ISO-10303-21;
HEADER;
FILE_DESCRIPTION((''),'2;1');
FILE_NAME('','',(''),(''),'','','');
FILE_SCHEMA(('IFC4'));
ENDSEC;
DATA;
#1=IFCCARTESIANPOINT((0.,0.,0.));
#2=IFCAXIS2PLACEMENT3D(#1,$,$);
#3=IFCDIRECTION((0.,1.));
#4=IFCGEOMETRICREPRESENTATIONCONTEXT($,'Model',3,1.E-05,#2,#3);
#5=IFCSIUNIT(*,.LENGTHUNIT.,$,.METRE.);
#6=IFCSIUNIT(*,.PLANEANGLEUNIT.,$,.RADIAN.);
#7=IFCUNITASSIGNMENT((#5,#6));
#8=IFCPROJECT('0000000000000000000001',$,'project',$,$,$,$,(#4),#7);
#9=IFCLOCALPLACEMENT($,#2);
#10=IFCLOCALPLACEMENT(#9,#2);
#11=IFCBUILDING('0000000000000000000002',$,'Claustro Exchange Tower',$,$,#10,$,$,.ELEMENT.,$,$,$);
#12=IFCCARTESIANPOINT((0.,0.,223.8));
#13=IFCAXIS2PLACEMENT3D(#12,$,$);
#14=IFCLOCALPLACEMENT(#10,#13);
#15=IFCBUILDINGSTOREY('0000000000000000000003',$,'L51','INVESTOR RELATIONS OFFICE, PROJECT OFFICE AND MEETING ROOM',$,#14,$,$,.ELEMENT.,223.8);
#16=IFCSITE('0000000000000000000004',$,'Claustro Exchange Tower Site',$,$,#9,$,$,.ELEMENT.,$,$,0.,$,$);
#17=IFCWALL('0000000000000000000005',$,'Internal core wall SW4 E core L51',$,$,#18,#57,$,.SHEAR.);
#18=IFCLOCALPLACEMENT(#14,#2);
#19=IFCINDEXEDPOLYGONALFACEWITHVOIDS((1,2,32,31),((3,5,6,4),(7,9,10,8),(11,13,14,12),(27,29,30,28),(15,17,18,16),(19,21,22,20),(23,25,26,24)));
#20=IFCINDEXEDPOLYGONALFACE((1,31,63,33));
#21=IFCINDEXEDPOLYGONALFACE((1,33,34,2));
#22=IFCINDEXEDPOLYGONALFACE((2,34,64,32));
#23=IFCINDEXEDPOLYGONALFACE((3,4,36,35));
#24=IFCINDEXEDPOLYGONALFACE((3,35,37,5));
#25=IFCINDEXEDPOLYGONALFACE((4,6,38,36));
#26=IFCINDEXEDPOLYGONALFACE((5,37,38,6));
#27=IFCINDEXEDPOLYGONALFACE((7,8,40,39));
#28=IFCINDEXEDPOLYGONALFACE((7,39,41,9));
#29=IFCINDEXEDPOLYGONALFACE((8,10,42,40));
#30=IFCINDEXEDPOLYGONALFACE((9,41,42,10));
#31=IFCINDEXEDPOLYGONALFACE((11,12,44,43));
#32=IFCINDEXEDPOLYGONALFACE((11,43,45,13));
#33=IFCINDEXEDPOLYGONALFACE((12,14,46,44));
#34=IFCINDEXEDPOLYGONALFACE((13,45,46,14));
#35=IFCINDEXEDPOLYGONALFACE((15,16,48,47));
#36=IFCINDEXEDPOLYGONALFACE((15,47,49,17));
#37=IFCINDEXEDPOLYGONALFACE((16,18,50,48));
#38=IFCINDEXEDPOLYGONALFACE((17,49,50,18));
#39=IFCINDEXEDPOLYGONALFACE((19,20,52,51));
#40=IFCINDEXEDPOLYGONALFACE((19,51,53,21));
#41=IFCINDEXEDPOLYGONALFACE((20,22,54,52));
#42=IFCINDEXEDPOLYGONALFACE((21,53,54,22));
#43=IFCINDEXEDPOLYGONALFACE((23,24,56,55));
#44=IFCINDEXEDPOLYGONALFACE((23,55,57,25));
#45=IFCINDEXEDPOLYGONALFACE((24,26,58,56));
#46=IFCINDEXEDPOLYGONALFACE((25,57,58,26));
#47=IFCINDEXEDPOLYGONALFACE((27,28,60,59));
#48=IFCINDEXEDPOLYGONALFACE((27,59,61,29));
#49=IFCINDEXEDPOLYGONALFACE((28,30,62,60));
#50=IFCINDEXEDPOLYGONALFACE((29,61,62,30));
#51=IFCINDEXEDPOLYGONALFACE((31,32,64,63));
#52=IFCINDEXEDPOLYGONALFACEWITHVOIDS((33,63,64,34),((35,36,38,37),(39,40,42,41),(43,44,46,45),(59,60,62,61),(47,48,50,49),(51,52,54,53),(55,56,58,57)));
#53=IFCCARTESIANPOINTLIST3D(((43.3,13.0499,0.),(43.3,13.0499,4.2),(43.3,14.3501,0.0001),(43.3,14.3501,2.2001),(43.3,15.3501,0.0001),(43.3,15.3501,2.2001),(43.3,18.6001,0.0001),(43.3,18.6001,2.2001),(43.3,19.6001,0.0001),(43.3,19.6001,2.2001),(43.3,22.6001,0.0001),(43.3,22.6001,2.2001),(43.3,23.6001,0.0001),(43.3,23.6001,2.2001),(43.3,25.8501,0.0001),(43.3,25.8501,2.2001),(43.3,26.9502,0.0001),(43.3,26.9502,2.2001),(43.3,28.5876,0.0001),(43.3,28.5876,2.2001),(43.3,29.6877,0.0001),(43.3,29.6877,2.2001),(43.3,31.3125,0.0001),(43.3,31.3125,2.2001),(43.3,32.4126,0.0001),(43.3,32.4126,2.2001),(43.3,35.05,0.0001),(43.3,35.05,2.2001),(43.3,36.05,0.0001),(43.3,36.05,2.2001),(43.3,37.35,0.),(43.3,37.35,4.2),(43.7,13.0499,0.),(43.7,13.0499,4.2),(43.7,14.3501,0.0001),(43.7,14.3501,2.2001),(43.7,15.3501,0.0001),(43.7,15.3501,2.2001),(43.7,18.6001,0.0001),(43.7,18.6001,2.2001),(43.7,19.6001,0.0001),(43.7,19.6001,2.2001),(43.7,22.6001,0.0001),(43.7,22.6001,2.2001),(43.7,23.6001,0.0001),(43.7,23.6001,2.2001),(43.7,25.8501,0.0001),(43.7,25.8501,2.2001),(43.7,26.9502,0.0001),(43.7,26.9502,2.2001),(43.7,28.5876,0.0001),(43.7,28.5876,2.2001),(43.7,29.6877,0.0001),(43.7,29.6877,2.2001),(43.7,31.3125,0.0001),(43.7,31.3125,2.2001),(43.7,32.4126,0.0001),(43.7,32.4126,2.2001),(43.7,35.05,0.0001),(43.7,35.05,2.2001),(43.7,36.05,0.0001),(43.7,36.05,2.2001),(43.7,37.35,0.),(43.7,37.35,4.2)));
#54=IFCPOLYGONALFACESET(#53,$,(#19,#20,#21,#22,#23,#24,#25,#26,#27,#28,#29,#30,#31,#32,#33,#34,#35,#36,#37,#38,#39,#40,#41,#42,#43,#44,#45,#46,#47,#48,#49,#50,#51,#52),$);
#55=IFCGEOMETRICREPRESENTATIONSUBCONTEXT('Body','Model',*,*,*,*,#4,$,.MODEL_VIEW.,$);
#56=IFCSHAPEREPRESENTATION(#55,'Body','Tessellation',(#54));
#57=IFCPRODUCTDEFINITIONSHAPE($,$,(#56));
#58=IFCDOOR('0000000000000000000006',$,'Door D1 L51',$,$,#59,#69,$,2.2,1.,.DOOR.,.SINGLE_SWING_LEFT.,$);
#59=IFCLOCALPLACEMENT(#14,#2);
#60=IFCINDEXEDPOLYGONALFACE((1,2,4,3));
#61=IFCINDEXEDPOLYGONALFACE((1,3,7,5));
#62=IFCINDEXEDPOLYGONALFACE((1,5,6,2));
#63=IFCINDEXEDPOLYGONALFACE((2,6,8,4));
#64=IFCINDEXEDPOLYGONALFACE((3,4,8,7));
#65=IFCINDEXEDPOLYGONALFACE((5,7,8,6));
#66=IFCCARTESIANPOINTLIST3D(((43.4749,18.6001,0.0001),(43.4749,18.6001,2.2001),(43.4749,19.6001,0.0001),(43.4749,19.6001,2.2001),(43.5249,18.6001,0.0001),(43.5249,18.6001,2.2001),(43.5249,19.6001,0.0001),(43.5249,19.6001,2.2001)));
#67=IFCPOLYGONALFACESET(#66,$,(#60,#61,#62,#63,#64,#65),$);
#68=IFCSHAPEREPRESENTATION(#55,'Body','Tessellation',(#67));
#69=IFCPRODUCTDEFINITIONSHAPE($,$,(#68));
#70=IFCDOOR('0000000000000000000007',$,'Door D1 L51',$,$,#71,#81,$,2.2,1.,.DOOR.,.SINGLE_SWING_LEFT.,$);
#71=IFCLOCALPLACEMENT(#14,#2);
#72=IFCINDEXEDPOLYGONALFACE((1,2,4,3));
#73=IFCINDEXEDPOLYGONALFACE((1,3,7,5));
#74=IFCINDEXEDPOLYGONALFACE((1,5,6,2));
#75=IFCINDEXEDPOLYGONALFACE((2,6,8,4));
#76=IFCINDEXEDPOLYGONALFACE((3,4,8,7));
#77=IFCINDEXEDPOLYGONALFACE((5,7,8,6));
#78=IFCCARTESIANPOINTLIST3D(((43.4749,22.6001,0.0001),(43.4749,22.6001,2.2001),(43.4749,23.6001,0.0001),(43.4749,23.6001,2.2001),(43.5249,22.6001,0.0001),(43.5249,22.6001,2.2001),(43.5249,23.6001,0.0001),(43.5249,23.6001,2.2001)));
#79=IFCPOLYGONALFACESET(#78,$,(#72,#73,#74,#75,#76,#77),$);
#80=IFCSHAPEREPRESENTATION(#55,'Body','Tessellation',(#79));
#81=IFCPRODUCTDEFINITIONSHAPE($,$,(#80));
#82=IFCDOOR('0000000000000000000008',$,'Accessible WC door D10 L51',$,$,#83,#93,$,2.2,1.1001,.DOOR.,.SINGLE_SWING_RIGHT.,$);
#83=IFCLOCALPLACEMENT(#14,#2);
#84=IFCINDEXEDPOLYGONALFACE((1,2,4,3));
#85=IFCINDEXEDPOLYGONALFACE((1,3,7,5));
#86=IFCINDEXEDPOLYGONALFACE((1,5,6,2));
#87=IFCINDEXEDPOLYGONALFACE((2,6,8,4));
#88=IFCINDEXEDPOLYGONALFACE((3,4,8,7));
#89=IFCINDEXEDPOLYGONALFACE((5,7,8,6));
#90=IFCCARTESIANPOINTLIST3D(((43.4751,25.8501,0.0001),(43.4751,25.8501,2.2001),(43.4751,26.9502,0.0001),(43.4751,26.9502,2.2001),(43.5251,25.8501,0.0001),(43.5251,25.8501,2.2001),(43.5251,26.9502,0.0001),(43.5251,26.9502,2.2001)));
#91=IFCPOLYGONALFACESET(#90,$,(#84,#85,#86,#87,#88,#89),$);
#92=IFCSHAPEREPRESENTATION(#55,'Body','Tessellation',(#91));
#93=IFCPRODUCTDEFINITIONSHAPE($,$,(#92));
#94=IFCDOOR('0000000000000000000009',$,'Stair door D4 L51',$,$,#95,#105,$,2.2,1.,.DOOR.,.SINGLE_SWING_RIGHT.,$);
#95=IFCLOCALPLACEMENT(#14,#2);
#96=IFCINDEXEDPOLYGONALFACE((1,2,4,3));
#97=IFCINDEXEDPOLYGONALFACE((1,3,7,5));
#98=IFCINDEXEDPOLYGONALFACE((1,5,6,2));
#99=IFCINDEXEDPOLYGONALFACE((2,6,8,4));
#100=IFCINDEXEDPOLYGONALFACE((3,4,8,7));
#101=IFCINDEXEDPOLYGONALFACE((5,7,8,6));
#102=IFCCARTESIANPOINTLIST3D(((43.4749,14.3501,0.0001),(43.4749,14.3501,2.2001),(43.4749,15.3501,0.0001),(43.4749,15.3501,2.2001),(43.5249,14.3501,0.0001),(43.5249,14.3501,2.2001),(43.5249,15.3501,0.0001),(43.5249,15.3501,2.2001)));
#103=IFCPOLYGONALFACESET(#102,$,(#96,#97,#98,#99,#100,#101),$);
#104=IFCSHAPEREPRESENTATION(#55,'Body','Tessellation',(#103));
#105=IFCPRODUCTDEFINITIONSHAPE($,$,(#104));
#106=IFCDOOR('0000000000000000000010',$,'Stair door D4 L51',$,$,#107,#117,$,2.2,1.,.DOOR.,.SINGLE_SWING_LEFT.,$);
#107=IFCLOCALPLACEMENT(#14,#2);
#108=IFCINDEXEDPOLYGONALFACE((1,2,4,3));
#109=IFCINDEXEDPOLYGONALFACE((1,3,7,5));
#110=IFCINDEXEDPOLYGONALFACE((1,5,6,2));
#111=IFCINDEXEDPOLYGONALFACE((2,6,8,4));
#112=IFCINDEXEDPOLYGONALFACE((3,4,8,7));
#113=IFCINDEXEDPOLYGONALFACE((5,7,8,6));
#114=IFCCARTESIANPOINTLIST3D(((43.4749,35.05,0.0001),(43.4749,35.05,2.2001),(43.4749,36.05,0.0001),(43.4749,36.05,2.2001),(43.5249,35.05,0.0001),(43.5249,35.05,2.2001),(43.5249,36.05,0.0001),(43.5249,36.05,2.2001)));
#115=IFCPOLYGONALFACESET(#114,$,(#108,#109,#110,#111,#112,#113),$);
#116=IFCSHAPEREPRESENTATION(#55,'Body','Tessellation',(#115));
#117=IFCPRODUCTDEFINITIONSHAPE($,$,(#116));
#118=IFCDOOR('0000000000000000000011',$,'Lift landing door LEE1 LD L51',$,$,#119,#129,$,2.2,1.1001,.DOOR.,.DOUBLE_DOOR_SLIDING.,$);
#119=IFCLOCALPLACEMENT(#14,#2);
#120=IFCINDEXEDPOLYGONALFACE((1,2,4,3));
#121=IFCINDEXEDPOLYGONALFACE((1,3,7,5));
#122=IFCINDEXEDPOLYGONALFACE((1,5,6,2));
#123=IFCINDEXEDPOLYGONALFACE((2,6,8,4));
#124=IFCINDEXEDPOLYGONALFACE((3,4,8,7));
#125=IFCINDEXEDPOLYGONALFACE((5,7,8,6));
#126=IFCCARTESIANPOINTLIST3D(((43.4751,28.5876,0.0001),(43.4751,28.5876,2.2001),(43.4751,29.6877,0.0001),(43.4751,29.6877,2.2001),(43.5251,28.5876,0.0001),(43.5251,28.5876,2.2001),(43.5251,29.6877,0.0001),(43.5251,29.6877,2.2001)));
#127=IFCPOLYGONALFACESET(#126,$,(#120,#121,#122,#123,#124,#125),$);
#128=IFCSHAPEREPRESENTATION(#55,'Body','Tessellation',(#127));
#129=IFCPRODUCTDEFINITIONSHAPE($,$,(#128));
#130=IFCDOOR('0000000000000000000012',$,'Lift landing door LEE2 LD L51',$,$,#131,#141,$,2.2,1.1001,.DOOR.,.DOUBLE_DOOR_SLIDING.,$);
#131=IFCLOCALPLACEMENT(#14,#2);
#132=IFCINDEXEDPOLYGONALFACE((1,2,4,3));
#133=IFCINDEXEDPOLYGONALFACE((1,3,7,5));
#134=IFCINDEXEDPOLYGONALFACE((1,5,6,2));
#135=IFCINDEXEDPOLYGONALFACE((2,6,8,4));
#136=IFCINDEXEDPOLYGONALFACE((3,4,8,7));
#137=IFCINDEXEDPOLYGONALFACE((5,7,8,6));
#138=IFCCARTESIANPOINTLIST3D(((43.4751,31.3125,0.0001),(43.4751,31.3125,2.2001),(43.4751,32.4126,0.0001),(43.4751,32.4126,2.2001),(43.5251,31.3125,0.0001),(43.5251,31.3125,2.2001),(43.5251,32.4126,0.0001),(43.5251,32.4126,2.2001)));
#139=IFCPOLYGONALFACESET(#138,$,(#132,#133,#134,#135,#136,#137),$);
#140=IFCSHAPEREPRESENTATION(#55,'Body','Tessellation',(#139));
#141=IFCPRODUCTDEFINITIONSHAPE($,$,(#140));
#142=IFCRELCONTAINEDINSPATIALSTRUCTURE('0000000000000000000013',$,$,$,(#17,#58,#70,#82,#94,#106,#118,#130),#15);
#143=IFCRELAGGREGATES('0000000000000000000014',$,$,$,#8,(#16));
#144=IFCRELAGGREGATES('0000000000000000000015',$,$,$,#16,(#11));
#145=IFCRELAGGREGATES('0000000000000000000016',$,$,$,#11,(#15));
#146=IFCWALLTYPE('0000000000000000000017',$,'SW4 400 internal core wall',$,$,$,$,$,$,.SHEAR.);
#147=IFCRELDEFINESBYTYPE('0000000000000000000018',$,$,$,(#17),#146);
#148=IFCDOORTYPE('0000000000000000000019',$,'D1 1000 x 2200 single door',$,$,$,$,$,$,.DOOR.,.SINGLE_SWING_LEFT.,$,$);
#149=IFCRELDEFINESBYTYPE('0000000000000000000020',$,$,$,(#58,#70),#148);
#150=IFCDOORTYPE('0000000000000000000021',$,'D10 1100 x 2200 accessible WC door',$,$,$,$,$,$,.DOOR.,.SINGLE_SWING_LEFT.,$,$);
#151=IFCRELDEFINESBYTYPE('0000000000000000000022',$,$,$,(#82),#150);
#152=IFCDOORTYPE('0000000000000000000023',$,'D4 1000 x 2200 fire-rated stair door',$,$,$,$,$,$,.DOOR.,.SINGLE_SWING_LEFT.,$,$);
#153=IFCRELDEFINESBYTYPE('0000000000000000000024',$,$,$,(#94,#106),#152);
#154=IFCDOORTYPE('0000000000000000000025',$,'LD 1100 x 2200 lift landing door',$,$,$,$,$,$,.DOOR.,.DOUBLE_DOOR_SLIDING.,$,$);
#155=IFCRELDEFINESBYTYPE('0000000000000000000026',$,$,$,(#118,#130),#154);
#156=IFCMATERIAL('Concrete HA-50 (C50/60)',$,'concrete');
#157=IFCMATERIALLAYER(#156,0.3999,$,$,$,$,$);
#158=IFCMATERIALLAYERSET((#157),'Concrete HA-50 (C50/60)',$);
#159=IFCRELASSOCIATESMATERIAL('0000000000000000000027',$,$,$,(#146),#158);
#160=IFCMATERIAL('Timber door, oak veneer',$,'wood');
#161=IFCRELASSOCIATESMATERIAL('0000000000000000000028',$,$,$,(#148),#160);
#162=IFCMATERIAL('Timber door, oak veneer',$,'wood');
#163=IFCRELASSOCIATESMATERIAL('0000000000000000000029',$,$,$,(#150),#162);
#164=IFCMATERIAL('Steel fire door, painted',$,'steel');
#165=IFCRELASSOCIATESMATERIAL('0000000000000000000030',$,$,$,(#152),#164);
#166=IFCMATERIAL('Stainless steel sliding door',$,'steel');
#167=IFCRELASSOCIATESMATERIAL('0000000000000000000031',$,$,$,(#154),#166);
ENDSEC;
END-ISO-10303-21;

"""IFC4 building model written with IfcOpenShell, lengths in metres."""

from ifc_helpers import new_model, si_unit, direction, frame, frame_2d, origin, place, context, subcontext, project, spatial, rectangle, extrude, material, layer, layer_set, type_object, element, fill, save


model = new_model("IFC4")

# Units and contexts
model_context = context("Model", 3, precision=1e-05, world=origin(), true_north=direction((0.0, 1.0)))
body_context = subcontext(model_context, "Body", "Model", "MODEL_VIEW")
ifc_project = project(units=[si_unit("LENGTHUNIT", "METRE"), si_unit("PLANEANGLEUNIT", "RADIAN")], contexts=[model_context])

# Site, building, storey
site_placement = place(None, origin())
site = spatial("IfcSite", under=ifc_project, at=site_placement, Name="Claustro Exchange Tower Site", CompositionType="ELEMENT", RefElevation=0.0)
building_placement = place(site_placement, origin())
building = spatial("IfcBuilding", under=site, at=building_placement, Name="Claustro Exchange Tower", CompositionType="ELEMENT")
storey_placement = place(building_placement, frame((0.0, 0.0, 223.8)))
storey = spatial("IfcBuildingStorey", under=building, at=storey_placement, Name="L51", Description="INVESTOR RELATIONS OFFICE, PROJECT OFFICE AND MEETING ROOM", CompositionType="ELEMENT", Elevation=223.8)

# Wall, openings, doors
ifc_material_1 = material(Name="Concrete HA-50 (C50/60)", Category="concrete")
ifc_layer_1 = layer(ifc_material_1, 0.3999)
ifc_layer_set_1 = layer_set([ifc_layer_1], Name="Concrete HA-50 (C50/60)")
wall_type_1 = type_object("IfcWallType", Name="SW4 400 internal core wall", PredefinedType="SHEAR", material=ifc_layer_set_1)
wall_1_placement = place(storey_placement, frame((43.5, 13.05, 0.0), z_axis=(0.0, 0.0, 1.0), x_axis=(0.0, 1.0, 0.0)))
wall_1 = element("IfcWall", 1, at=wall_1_placement, inside=storey, type_object=wall_type_1, Name="Internal core wall SW4 E core L51", PredefinedType="SHEAR", context=body_context, shape_type="SweptSolid", body=[
    extrude(rectangle(XDim=24.3, YDim=0.3999, at=frame_2d((12.1499, 0.0))), origin(), (0.0, 0.0, 1.0), 4.2),
])
opening_1_placement = place(wall_1_placement, frame((1.3, 0.0, 0.0)))
opening_1 = element("IfcOpeningElement", 2, at=opening_1_placement, cuts=wall_1, PredefinedType="OPENING", context=body_context, shape_type="SweptSolid", body=[
    extrude(rectangle(XDim=1.0, YDim=2.2, at=frame_2d((0.5, 1.1001))), frame((0.0, 0.21, 0.0), z_axis=(0.0, -1.0, 0.0), x_axis=(1.0, 0.0, 0.0)), (0.0, 0.0, 1.0), 0.4199),
])
opening_2_placement = place(wall_1_placement, frame((22.0, 0.0, 0.0)))
opening_2 = element("IfcOpeningElement", 3, at=opening_2_placement, cuts=wall_1, PredefinedType="OPENING", context=body_context, shape_type="SweptSolid", body=[
    extrude(rectangle(XDim=1.0, YDim=2.2, at=frame_2d((0.5, 1.1001))), frame((0.0, 0.21, 0.0), z_axis=(0.0, -1.0, 0.0), x_axis=(1.0, 0.0, 0.0)), (0.0, 0.0, 1.0), 0.4199),
])
opening_3_placement = place(wall_1_placement, frame((5.55, 0.0, 0.0)))
opening_3 = element("IfcOpeningElement", 4, at=opening_3_placement, cuts=wall_1, PredefinedType="OPENING", context=body_context, shape_type="SweptSolid", body=[
    extrude(rectangle(XDim=1.0, YDim=2.2, at=frame_2d((0.5, 1.1001))), frame((0.0, 0.21, 0.0), z_axis=(0.0, -1.0, 0.0), x_axis=(1.0, 0.0, 0.0)), (0.0, 0.0, 1.0), 0.4199),
])
opening_4_placement = place(wall_1_placement, frame((9.55, 0.0, 0.0)))
opening_4 = element("IfcOpeningElement", 5, at=opening_4_placement, cuts=wall_1, PredefinedType="OPENING", context=body_context, shape_type="SweptSolid", body=[
    extrude(rectangle(XDim=1.0, YDim=2.2, at=frame_2d((0.5, 1.1001))), frame((0.0, 0.21, 0.0), z_axis=(0.0, -1.0, 0.0), x_axis=(1.0, 0.0, 0.0)), (0.0, 0.0, 1.0), 0.4199),
])
opening_5_placement = place(wall_1_placement, frame((12.8, 0.0, 0.0)))
opening_5 = element("IfcOpeningElement", 6, at=opening_5_placement, cuts=wall_1, PredefinedType="OPENING", context=body_context, shape_type="SweptSolid", body=[
    extrude(rectangle(XDim=1.1001, YDim=2.2, at=frame_2d((0.55, 1.1001))), frame((0.0, 0.21, 0.0), z_axis=(0.0, -1.0, 0.0), x_axis=(1.0, 0.0, 0.0)), (0.0, 0.0, 1.0), 0.4199),
])
opening_6_placement = place(wall_1_placement, frame((15.5376, 0.0, 0.0)))
opening_6 = element("IfcOpeningElement", 7, at=opening_6_placement, cuts=wall_1, PredefinedType="OPENING", context=body_context, shape_type="SweptSolid", body=[
    extrude(rectangle(XDim=1.1001, YDim=2.2, at=frame_2d((0.55, 1.1001))), frame((0.0, 0.21, 0.0), z_axis=(0.0, -1.0, 0.0), x_axis=(1.0, 0.0, 0.0)), (0.0, 0.0, 1.0), 0.4199),
])
opening_7_placement = place(wall_1_placement, frame((18.2625, 0.0, 0.0)))
opening_7 = element("IfcOpeningElement", 8, at=opening_7_placement, cuts=wall_1, PredefinedType="OPENING", context=body_context, shape_type="SweptSolid", body=[
    extrude(rectangle(XDim=1.1001, YDim=2.2, at=frame_2d((0.55, 1.1001))), frame((0.0, 0.21, 0.0), z_axis=(0.0, -1.0, 0.0), x_axis=(1.0, 0.0, 0.0)), (0.0, 0.0, 1.0), 0.4199),
])
ifc_material_2 = material(Name="Timber door, oak veneer", Category="wood")
door_type_1 = type_object("IfcDoorType", Name="D1 1000 x 2200 single door", OperationType="SINGLE_SWING_LEFT", PredefinedType="DOOR", material=ifc_material_2)
door_1_placement = place(opening_3_placement, frame((1.0, 0.0, 0.0), z_axis=(0.0, 0.0, 1.0), x_axis=(-1.0, 0.0, 0.0)))
door_1 = element("IfcDoor", 9, at=door_1_placement, inside=storey, type_object=door_type_1, Name="Door D1 L51", OperationType="SINGLE_SWING_LEFT", OverallHeight=2.2, OverallWidth=1.0, PredefinedType="DOOR", context=body_context, shape_type="SweptSolid", body=[
    extrude(rectangle(XDim=1.0, YDim=2.2, at=frame_2d((0.5, 1.1001))), frame((0.0, 0.0249, 0.0), z_axis=(0.0, -1.0, 0.0), x_axis=(1.0, 0.0, 0.0)), (0.0, 0.0, 1.0), 0.05),
])
fill(opening_3, door_1)
door_2_placement = place(opening_4_placement, frame((1.0, 0.0, 0.0), z_axis=(0.0, 0.0, 1.0), x_axis=(-1.0, 0.0, 0.0)))
door_2 = element("IfcDoor", 10, at=door_2_placement, inside=storey, type_object=door_type_1, Name="Door D1 L51", OperationType="SINGLE_SWING_LEFT", OverallHeight=2.2, OverallWidth=1.0, PredefinedType="DOOR", context=body_context, shape_type="SweptSolid", body=[
    extrude(rectangle(XDim=1.0, YDim=2.2, at=frame_2d((0.5, 1.1001))), frame((0.0, 0.0249, 0.0), z_axis=(0.0, -1.0, 0.0), x_axis=(1.0, 0.0, 0.0)), (0.0, 0.0, 1.0), 0.05),
])
fill(opening_4, door_2)
ifc_material_3 = material(Name="Timber door, oak veneer", Category="wood")
door_type_2 = type_object("IfcDoorType", Name="D10 1100 x 2200 accessible WC door", OperationType="SINGLE_SWING_LEFT", PredefinedType="DOOR", material=ifc_material_3)
door_3_placement = place(opening_5_placement, origin())
door_3 = element("IfcDoor", 11, at=door_3_placement, inside=storey, type_object=door_type_2, Name="Accessible WC door D10 L51", OperationType="SINGLE_SWING_RIGHT", OverallHeight=2.2, OverallWidth=1.1001, PredefinedType="DOOR", context=body_context, shape_type="SweptSolid", body=[
    extrude(rectangle(XDim=1.1001, YDim=2.2, at=frame_2d((0.55, 1.1001))), frame((0.0, 0.0249, 0.0), z_axis=(0.0, -1.0, 0.0), x_axis=(1.0, 0.0, 0.0)), (0.0, 0.0, 1.0), 0.05),
])
fill(opening_5, door_3)
ifc_material_4 = material(Name="Steel fire door, painted", Category="steel")
door_type_3 = type_object("IfcDoorType", Name="D4 1000 x 2200 fire-rated stair door", OperationType="SINGLE_SWING_LEFT", PredefinedType="DOOR", material=ifc_material_4)
door_4_placement = place(opening_1_placement, frame((1.0, 0.0, 0.0), z_axis=(0.0, 0.0, 1.0), x_axis=(-1.0, 0.0, 0.0)))
door_4 = element("IfcDoor", 12, at=door_4_placement, inside=storey, type_object=door_type_3, Name="Stair door D4 L51", OperationType="SINGLE_SWING_RIGHT", OverallHeight=2.2, OverallWidth=1.0, PredefinedType="DOOR", context=body_context, shape_type="SweptSolid", body=[
    extrude(rectangle(XDim=1.0, YDim=2.2, at=frame_2d((0.5, 1.1001))), frame((0.0, 0.0249, 0.0), z_axis=(0.0, -1.0, 0.0), x_axis=(1.0, 0.0, 0.0)), (0.0, 0.0, 1.0), 0.05),
])
fill(opening_1, door_4)
door_5_placement = place(opening_2_placement, frame((1.0, 0.0, 0.0), z_axis=(0.0, 0.0, 1.0), x_axis=(-1.0, 0.0, 0.0)))
door_5 = element("IfcDoor", 13, at=door_5_placement, inside=storey, type_object=door_type_3, Name="Stair door D4 L51", OperationType="SINGLE_SWING_LEFT", OverallHeight=2.2, OverallWidth=1.0, PredefinedType="DOOR", context=body_context, shape_type="SweptSolid", body=[
    extrude(rectangle(XDim=1.0, YDim=2.2, at=frame_2d((0.5, 1.1001))), frame((0.0, 0.0249, 0.0), z_axis=(0.0, -1.0, 0.0), x_axis=(1.0, 0.0, 0.0)), (0.0, 0.0, 1.0), 0.05),
])
fill(opening_2, door_5)
ifc_material_5 = material(Name="Stainless steel sliding door", Category="steel")
door_type_4 = type_object("IfcDoorType", Name="LD 1100 x 2200 lift landing door", OperationType="DOUBLE_DOOR_SLIDING", PredefinedType="DOOR", material=ifc_material_5)
door_6_placement = place(opening_6_placement, origin())
door_6 = element("IfcDoor", 14, at=door_6_placement, inside=storey, type_object=door_type_4, Name="Lift landing door LEE1 LD L51", OperationType="DOUBLE_DOOR_SLIDING", OverallHeight=2.2, OverallWidth=1.1001, PredefinedType="DOOR", context=body_context, shape_type="SweptSolid", body=[
    extrude(rectangle(XDim=1.1001, YDim=2.2, at=frame_2d((0.55, 1.1001))), frame((0.0, 0.0249, 0.0), z_axis=(0.0, -1.0, 0.0), x_axis=(1.0, 0.0, 0.0)), (0.0, 0.0, 1.0), 0.05),
])
fill(opening_6, door_6)
door_7_placement = place(opening_7_placement, origin())
door_7 = element("IfcDoor", 15, at=door_7_placement, inside=storey, type_object=door_type_4, Name="Lift landing door LEE2 LD L51", OperationType="DOUBLE_DOOR_SLIDING", OverallHeight=2.2, OverallWidth=1.1001, PredefinedType="DOOR", context=body_context, shape_type="SweptSolid", body=[
    extrude(rectangle(XDim=1.1001, YDim=2.2, at=frame_2d((0.55, 1.1001))), frame((0.0, 0.0249, 0.0), z_axis=(0.0, -1.0, 0.0), x_axis=(1.0, 0.0, 0.0)), (0.0, 0.0, 1.0), 0.05),
])
fill(opening_7, door_7)

save(model, "model.ifc")
